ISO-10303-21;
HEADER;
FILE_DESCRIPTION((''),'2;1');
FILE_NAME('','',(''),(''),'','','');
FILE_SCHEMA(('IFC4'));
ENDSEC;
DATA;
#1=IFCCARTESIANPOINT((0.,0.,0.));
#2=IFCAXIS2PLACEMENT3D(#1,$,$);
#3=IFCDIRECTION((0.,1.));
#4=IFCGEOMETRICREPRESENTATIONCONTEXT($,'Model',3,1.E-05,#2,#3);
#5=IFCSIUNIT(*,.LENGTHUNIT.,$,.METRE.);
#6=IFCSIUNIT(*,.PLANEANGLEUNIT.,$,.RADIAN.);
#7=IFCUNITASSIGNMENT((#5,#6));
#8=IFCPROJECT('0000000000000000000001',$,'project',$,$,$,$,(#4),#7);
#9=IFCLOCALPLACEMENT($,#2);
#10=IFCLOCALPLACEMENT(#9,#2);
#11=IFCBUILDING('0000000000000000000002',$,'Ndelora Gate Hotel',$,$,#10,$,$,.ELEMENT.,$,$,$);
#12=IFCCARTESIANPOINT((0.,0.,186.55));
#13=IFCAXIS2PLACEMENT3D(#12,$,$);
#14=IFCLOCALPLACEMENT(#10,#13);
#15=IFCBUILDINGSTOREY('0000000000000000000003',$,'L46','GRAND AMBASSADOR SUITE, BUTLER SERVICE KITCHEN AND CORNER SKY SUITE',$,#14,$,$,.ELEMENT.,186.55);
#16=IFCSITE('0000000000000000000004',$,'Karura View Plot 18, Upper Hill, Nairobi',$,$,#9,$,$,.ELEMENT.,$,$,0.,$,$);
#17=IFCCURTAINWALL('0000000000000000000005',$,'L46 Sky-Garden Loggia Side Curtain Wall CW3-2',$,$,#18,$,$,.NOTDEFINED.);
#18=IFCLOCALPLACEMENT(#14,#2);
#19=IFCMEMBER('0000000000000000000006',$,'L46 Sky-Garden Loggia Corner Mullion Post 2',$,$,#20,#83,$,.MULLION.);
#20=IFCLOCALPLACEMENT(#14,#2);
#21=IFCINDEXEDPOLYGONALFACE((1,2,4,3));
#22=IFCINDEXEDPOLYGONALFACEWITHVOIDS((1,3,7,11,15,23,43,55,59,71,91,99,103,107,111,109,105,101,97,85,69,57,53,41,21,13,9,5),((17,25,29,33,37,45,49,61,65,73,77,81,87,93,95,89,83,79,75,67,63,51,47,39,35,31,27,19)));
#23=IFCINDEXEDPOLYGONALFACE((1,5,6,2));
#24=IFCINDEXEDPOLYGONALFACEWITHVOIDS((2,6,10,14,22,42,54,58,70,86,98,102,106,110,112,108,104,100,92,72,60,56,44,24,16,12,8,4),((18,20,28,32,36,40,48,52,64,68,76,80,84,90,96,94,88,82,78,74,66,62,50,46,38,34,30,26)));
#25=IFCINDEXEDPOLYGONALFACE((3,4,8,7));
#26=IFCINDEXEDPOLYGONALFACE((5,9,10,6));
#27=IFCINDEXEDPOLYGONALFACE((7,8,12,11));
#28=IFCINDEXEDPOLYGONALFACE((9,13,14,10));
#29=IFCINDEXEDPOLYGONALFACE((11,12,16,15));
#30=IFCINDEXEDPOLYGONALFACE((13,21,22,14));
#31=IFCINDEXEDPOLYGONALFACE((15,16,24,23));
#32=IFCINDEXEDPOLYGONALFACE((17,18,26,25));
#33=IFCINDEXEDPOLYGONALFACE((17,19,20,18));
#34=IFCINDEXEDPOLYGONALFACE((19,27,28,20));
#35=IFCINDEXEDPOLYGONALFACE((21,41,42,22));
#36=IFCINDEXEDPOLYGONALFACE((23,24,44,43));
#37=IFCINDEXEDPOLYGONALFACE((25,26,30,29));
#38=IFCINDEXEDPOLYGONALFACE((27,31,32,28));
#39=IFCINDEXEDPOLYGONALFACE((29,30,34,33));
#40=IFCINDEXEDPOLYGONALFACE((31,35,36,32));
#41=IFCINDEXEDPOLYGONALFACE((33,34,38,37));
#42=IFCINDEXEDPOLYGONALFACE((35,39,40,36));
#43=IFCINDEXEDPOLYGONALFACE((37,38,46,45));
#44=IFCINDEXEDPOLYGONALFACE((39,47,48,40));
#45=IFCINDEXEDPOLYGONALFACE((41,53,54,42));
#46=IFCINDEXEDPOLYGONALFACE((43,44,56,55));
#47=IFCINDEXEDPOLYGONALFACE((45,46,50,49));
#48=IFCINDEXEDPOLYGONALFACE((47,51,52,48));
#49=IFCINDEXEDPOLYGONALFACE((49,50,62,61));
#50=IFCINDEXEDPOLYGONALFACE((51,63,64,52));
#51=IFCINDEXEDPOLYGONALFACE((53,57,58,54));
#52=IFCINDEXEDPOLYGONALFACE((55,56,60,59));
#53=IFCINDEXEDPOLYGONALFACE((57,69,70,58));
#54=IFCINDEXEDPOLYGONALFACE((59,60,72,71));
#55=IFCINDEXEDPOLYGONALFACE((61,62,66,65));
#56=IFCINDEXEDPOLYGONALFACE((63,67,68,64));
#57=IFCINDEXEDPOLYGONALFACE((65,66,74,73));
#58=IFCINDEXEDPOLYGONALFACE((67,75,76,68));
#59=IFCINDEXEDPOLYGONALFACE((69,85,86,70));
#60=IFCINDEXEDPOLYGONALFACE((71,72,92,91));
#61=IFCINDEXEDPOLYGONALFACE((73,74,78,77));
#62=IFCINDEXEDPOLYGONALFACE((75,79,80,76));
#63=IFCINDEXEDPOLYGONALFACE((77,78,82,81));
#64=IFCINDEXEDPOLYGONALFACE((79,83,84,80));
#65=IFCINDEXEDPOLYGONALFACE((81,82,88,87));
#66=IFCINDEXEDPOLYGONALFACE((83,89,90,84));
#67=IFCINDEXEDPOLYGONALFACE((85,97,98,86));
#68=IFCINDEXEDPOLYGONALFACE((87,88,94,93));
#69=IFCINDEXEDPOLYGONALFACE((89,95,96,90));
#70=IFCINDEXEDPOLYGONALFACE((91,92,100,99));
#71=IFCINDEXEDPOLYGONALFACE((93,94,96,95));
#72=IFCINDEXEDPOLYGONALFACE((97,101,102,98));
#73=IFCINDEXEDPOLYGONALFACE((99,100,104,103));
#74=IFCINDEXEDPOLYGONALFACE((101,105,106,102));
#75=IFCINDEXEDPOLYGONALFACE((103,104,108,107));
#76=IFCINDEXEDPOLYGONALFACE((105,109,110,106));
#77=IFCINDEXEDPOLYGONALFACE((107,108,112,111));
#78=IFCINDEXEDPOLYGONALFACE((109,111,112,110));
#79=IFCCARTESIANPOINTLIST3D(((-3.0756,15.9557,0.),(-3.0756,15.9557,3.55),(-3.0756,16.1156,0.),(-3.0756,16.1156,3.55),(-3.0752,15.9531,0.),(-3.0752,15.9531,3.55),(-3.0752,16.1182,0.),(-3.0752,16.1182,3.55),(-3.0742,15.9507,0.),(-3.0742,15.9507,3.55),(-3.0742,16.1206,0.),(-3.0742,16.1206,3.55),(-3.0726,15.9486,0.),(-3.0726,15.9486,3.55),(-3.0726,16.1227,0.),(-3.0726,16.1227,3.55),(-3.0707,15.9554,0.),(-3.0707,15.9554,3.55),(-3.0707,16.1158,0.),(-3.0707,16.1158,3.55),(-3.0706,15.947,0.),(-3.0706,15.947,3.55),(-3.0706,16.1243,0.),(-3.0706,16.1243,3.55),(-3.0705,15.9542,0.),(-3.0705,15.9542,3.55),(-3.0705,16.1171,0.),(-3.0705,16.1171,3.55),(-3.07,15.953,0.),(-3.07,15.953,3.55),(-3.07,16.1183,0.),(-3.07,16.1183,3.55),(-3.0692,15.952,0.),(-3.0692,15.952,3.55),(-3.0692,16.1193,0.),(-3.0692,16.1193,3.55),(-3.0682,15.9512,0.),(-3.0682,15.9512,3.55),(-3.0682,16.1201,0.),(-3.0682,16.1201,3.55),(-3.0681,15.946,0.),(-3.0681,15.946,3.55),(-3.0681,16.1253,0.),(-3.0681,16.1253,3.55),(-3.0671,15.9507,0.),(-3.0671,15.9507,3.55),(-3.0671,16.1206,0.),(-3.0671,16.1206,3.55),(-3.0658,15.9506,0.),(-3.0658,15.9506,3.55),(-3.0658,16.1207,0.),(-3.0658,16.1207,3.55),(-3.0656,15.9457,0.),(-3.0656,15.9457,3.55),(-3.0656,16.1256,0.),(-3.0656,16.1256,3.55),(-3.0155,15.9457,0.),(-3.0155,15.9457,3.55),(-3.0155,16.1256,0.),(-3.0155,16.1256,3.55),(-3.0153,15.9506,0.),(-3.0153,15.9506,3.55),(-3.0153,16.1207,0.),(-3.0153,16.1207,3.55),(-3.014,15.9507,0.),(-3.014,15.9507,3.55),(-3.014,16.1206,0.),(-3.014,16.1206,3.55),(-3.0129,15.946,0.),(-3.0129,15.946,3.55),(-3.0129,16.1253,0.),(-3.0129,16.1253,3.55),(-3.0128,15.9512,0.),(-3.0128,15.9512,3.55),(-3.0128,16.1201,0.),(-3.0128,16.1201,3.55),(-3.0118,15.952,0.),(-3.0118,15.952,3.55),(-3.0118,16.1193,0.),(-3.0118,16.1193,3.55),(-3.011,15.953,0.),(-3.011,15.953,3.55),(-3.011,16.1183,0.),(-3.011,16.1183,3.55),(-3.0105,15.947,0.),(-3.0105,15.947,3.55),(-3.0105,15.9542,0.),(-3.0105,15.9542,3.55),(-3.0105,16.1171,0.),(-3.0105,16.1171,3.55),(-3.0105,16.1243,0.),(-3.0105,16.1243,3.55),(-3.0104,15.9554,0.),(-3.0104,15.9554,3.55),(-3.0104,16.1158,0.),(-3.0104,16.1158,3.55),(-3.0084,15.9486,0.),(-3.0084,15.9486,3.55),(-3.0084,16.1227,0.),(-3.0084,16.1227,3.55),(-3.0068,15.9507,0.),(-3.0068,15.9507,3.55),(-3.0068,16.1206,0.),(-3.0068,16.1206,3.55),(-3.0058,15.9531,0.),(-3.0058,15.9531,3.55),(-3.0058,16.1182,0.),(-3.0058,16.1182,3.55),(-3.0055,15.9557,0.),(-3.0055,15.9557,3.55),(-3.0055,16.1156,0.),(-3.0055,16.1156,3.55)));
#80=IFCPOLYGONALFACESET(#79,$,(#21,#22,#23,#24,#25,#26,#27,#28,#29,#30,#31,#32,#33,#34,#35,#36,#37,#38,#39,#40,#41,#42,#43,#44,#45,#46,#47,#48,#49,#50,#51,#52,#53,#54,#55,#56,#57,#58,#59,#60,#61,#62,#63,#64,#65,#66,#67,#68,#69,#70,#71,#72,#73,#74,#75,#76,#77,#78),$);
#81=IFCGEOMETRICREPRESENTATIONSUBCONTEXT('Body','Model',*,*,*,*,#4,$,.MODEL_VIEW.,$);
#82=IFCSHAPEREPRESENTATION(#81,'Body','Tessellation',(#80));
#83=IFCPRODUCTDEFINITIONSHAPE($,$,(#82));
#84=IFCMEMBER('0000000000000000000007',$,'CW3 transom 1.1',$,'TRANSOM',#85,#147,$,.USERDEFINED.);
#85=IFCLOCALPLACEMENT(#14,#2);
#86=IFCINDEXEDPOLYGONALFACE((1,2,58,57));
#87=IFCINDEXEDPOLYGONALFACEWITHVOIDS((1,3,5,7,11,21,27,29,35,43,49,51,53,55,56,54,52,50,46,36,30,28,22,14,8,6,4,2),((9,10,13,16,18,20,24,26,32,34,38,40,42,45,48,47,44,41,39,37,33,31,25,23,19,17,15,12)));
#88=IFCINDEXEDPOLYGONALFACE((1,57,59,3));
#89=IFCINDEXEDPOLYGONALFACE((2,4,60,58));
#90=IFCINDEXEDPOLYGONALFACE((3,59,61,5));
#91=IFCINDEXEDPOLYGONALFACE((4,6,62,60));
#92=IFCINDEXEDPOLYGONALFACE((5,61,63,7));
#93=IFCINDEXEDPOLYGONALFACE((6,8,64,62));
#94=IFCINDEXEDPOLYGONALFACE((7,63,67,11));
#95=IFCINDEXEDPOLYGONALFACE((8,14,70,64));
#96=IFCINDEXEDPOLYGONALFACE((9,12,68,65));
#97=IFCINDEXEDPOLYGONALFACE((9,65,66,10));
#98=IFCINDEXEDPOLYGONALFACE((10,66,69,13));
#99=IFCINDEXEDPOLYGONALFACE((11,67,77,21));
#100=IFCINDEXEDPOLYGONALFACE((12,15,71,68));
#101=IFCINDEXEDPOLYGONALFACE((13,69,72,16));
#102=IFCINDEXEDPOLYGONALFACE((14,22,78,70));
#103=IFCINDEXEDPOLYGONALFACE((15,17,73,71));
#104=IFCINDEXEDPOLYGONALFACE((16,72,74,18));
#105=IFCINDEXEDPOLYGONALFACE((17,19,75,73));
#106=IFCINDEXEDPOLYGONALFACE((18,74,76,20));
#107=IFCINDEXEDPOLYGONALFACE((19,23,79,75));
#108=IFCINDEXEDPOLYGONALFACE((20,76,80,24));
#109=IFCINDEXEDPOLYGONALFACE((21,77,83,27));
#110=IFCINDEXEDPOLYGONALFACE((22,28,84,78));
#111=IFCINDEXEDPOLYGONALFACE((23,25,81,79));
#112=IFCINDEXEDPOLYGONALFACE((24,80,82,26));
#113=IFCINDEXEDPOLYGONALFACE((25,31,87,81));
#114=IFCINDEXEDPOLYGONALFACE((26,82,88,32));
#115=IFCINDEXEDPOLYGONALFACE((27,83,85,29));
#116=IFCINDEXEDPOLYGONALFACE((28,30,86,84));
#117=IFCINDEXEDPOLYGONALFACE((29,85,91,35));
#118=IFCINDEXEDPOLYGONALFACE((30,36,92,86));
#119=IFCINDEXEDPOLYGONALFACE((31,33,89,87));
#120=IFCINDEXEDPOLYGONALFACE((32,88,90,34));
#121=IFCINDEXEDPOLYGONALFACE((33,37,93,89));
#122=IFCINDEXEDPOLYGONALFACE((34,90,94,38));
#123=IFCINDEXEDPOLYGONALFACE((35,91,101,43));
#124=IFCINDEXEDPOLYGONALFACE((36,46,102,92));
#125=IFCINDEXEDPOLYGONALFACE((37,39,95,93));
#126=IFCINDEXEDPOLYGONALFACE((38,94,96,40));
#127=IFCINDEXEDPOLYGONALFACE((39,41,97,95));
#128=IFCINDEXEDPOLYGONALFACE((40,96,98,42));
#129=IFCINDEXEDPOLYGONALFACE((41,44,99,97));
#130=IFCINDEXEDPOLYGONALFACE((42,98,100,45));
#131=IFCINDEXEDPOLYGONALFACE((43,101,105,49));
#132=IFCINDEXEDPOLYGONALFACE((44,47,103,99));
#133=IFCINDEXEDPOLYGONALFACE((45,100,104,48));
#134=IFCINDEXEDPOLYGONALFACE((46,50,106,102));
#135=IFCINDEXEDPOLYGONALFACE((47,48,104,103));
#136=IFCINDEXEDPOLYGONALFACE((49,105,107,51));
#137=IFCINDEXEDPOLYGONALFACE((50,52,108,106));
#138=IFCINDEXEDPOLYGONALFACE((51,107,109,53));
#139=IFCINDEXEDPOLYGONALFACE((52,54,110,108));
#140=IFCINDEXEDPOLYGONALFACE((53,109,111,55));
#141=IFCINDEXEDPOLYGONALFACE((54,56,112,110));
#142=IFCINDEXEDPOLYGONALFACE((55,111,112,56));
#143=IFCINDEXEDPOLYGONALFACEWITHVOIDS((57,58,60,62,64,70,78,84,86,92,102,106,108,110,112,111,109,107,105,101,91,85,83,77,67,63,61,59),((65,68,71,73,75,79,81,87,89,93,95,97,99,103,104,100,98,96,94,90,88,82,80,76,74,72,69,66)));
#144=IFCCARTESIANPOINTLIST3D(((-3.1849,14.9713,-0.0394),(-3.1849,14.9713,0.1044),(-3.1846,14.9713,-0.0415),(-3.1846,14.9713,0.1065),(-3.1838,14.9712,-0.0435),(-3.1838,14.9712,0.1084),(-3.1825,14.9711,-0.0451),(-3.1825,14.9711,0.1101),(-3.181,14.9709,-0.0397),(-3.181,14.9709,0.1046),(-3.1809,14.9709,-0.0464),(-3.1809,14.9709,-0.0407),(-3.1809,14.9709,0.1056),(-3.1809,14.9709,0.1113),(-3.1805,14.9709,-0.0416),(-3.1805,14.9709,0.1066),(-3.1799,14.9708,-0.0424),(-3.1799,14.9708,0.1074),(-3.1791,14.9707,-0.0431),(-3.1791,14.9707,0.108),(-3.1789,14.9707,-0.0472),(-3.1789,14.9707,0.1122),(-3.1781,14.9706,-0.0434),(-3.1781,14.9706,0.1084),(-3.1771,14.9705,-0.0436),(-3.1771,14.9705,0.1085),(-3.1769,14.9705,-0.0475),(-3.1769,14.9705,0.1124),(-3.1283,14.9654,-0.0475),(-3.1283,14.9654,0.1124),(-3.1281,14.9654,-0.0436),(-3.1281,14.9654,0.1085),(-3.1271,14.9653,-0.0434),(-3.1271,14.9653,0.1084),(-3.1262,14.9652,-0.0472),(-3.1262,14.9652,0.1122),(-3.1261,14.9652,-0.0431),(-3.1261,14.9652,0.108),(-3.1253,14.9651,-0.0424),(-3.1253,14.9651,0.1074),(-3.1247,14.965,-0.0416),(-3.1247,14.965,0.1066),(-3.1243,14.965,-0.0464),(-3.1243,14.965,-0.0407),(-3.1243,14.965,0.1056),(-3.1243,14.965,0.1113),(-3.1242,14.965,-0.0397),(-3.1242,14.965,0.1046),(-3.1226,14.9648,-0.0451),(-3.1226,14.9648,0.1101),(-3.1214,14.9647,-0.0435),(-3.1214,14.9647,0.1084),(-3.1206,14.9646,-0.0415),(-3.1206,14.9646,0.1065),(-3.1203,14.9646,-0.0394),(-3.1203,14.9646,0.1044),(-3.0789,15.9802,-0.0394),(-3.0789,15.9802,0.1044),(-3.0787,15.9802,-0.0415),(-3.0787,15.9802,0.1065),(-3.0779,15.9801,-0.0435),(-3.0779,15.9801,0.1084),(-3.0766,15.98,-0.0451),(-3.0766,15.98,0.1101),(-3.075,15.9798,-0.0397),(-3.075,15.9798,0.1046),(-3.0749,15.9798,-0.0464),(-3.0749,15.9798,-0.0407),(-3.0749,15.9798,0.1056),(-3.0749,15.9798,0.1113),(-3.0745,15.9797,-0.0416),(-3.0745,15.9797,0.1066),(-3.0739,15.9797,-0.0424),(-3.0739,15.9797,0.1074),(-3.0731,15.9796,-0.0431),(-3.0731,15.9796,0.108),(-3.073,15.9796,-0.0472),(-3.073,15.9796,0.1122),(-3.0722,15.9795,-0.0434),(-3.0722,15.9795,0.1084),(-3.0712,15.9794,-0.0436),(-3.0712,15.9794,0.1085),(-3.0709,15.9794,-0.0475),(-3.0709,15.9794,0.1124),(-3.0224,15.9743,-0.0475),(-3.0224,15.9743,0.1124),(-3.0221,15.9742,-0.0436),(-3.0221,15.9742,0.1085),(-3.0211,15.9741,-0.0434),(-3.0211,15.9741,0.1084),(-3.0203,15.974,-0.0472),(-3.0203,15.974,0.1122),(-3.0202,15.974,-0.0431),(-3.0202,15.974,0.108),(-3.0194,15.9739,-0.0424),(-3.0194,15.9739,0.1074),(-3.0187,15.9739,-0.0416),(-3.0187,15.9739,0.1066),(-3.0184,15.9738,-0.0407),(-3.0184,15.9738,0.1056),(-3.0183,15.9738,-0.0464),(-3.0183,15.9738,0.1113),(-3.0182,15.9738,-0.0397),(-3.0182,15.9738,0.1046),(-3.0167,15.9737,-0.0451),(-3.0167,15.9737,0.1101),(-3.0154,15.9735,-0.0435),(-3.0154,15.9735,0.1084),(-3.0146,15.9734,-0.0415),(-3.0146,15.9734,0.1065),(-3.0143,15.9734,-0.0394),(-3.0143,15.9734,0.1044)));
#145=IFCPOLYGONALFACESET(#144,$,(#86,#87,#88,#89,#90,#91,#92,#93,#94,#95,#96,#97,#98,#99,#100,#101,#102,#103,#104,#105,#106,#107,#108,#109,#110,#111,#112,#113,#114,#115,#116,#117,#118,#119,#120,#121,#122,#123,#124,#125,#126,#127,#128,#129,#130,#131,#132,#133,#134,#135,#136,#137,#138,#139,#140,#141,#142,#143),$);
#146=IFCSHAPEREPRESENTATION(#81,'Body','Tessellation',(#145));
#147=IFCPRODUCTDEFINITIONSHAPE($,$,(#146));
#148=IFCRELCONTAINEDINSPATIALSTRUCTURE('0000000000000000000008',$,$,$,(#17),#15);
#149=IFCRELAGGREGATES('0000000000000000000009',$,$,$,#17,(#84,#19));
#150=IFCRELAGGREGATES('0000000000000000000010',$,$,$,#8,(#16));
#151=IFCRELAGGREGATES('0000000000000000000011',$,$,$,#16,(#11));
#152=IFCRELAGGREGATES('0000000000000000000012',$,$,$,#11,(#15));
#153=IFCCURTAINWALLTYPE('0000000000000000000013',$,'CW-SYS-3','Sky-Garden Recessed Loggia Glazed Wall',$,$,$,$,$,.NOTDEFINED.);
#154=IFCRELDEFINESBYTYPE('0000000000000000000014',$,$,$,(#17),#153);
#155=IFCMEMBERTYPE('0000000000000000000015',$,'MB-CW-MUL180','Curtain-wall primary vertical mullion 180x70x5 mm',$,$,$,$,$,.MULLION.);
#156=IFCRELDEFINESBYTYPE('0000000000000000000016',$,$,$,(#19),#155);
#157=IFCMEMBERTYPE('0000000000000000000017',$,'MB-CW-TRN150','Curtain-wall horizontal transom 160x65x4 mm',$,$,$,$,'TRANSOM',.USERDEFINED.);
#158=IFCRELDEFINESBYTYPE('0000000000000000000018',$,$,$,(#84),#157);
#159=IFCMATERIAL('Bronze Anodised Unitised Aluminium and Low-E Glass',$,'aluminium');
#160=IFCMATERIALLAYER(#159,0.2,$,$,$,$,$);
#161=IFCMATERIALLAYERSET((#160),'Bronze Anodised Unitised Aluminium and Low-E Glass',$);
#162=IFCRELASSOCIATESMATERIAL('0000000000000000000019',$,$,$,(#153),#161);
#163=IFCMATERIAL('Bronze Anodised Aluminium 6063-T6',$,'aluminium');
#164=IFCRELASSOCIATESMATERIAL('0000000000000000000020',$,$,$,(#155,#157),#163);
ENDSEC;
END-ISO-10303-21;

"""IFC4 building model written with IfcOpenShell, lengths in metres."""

from ifc_helpers import new_model, si_unit, direction, frame, origin, origin_2d, place, context, subcontext, project, spatial, hollow_rectangle, extrude, material, layer, layer_set, material_profile, profile_set, type_object, element, aggregate, save


model = new_model("IFC4")

# Units and contexts
model_context = context("Model", 3, precision=1e-05, world=origin(), true_north=direction((0.0, 1.0)))
body_context = subcontext(model_context, "Body", "Model", "MODEL_VIEW")
ifc_project = project(units=[si_unit("LENGTHUNIT", "METRE"), si_unit("PLANEANGLEUNIT", "RADIAN")], contexts=[model_context])

# Site, building, storey
site_placement = place(None, origin())
site = spatial("IfcSite", under=ifc_project, at=site_placement, Name="Karura View Plot 18, Upper Hill, Nairobi", CompositionType="ELEMENT", RefElevation=0.0)
building_placement = place(site_placement, origin())
building = spatial("IfcBuilding", under=site, at=building_placement, Name="Ndelora Gate Hotel", CompositionType="ELEMENT")
storey_placement = place(building_placement, frame((0.0, 0.0, 186.55)))
storey = spatial("IfcBuildingStorey", under=building, at=storey_placement, Name="L46", Description="GRAND AMBASSADOR SUITE, BUTLER SERVICE KITCHEN AND CORNER SKY SUITE", CompositionType="ELEMENT", Elevation=186.55)

# Curtain wall, members
ifc_material_1 = material(Name="Bronze Anodised Unitised Aluminium and Low-E Glass", Category="aluminium")
ifc_layer_1 = layer(ifc_material_1, 0.2)
ifc_layer_set_1 = layer_set([ifc_layer_1], Name="Bronze Anodised Unitised Aluminium and Low-E Glass")
curtain_wall_type = type_object("IfcCurtainWallType", Name="CW-SYS-3", Description="Sky-Garden Recessed Loggia Glazed Wall", PredefinedType="NOTDEFINED", material=ifc_layer_set_1)
curtain_wall_placement = place(storey_placement, origin())
curtain_wall = element("IfcCurtainWall", 1, at=curtain_wall_placement, inside=storey, type_object=curtain_wall_type, Name="L46 Sky-Garden Loggia Side Curtain Wall CW3-2", PredefinedType="NOTDEFINED")
ifc_material_2 = material(Name="Bronze Anodised Aluminium 6063-T6", Category="aluminium")
ifc_material_profile_1 = material_profile(ifc_material_2, hollow_rectangle(XDim=0.0701, YDim=0.1799, WallThickness=0.0049, InnerFilletRadius=0.0049, OuterFilletRadius=0.01, at=origin_2d()), Name="ALU 180x70x5")
ifc_profile_set_1 = profile_set([ifc_material_profile_1], Name="Bronze Anodised Aluminium 6063-T6")
member_type_1 = type_object("IfcMemberType", Name="MB-CW-MUL180", Description="Curtain-wall primary vertical mullion 180x70x5 mm", PredefinedType="MULLION", material=ifc_profile_set_1)
member_1_placement = place(storey_placement, frame((-3.0405, 16.0356, 0.0), z_axis=(0.0, 0.0, 1.0), x_axis=(1.0, 0.0, 0.0)))
member_1 = element("IfcMember", 2, at=member_1_placement, type_object=member_type_1, Name="L46 Sky-Garden Loggia Corner Mullion Post 2", PredefinedType="MULLION", context=body_context, shape_type="SweptSolid", body=[
    extrude(hollow_rectangle(XDim=0.0701, YDim=0.1799, WallThickness=0.0049, InnerFilletRadius=0.0049, OuterFilletRadius=0.01, at=origin_2d()), origin(), (0.0, 0.0, 1.0), 3.55),
])
ifc_material_profile_2 = material_profile(ifc_material_2, hollow_rectangle(XDim=0.0649, YDim=0.1599, WallThickness=0.0039, InnerFilletRadius=0.0039, OuterFilletRadius=0.0081, at=origin_2d()), Name="ALU 160x65x4")
ifc_profile_set_2 = profile_set([ifc_material_profile_2], Name="Bronze Anodised Aluminium 6063-T6")
member_type_2 = type_object("IfcMemberType", Name="MB-CW-TRN150", Description="Curtain-wall horizontal transom 160x65x4 mm", ElementType="TRANSOM", PredefinedType="USERDEFINED", material=ifc_profile_set_2)
member_2_placement = place(storey_placement, frame((-3.0466, 15.9768, 0.0325), z_axis=(-0.104459, -0.994529, 0.0), x_axis=(0.994529, -0.104459, 0.0)))
member_2 = element("IfcMember", 3, at=member_2_placement, type_object=member_type_2, Name="CW3 transom 1.1", ObjectType="TRANSOM", PredefinedType="USERDEFINED", context=body_context, shape_type="SweptSolid", body=[
    extrude(hollow_rectangle(XDim=0.0649, YDim=0.1599, WallThickness=0.0039, InnerFilletRadius=0.0039, OuterFilletRadius=0.0081, at=origin_2d()), origin(), (0.0, 0.0, 1.0), 1.0144),
])
aggregate(curtain_wall, [member_2, member_1])

save(model, "model.ifc")
